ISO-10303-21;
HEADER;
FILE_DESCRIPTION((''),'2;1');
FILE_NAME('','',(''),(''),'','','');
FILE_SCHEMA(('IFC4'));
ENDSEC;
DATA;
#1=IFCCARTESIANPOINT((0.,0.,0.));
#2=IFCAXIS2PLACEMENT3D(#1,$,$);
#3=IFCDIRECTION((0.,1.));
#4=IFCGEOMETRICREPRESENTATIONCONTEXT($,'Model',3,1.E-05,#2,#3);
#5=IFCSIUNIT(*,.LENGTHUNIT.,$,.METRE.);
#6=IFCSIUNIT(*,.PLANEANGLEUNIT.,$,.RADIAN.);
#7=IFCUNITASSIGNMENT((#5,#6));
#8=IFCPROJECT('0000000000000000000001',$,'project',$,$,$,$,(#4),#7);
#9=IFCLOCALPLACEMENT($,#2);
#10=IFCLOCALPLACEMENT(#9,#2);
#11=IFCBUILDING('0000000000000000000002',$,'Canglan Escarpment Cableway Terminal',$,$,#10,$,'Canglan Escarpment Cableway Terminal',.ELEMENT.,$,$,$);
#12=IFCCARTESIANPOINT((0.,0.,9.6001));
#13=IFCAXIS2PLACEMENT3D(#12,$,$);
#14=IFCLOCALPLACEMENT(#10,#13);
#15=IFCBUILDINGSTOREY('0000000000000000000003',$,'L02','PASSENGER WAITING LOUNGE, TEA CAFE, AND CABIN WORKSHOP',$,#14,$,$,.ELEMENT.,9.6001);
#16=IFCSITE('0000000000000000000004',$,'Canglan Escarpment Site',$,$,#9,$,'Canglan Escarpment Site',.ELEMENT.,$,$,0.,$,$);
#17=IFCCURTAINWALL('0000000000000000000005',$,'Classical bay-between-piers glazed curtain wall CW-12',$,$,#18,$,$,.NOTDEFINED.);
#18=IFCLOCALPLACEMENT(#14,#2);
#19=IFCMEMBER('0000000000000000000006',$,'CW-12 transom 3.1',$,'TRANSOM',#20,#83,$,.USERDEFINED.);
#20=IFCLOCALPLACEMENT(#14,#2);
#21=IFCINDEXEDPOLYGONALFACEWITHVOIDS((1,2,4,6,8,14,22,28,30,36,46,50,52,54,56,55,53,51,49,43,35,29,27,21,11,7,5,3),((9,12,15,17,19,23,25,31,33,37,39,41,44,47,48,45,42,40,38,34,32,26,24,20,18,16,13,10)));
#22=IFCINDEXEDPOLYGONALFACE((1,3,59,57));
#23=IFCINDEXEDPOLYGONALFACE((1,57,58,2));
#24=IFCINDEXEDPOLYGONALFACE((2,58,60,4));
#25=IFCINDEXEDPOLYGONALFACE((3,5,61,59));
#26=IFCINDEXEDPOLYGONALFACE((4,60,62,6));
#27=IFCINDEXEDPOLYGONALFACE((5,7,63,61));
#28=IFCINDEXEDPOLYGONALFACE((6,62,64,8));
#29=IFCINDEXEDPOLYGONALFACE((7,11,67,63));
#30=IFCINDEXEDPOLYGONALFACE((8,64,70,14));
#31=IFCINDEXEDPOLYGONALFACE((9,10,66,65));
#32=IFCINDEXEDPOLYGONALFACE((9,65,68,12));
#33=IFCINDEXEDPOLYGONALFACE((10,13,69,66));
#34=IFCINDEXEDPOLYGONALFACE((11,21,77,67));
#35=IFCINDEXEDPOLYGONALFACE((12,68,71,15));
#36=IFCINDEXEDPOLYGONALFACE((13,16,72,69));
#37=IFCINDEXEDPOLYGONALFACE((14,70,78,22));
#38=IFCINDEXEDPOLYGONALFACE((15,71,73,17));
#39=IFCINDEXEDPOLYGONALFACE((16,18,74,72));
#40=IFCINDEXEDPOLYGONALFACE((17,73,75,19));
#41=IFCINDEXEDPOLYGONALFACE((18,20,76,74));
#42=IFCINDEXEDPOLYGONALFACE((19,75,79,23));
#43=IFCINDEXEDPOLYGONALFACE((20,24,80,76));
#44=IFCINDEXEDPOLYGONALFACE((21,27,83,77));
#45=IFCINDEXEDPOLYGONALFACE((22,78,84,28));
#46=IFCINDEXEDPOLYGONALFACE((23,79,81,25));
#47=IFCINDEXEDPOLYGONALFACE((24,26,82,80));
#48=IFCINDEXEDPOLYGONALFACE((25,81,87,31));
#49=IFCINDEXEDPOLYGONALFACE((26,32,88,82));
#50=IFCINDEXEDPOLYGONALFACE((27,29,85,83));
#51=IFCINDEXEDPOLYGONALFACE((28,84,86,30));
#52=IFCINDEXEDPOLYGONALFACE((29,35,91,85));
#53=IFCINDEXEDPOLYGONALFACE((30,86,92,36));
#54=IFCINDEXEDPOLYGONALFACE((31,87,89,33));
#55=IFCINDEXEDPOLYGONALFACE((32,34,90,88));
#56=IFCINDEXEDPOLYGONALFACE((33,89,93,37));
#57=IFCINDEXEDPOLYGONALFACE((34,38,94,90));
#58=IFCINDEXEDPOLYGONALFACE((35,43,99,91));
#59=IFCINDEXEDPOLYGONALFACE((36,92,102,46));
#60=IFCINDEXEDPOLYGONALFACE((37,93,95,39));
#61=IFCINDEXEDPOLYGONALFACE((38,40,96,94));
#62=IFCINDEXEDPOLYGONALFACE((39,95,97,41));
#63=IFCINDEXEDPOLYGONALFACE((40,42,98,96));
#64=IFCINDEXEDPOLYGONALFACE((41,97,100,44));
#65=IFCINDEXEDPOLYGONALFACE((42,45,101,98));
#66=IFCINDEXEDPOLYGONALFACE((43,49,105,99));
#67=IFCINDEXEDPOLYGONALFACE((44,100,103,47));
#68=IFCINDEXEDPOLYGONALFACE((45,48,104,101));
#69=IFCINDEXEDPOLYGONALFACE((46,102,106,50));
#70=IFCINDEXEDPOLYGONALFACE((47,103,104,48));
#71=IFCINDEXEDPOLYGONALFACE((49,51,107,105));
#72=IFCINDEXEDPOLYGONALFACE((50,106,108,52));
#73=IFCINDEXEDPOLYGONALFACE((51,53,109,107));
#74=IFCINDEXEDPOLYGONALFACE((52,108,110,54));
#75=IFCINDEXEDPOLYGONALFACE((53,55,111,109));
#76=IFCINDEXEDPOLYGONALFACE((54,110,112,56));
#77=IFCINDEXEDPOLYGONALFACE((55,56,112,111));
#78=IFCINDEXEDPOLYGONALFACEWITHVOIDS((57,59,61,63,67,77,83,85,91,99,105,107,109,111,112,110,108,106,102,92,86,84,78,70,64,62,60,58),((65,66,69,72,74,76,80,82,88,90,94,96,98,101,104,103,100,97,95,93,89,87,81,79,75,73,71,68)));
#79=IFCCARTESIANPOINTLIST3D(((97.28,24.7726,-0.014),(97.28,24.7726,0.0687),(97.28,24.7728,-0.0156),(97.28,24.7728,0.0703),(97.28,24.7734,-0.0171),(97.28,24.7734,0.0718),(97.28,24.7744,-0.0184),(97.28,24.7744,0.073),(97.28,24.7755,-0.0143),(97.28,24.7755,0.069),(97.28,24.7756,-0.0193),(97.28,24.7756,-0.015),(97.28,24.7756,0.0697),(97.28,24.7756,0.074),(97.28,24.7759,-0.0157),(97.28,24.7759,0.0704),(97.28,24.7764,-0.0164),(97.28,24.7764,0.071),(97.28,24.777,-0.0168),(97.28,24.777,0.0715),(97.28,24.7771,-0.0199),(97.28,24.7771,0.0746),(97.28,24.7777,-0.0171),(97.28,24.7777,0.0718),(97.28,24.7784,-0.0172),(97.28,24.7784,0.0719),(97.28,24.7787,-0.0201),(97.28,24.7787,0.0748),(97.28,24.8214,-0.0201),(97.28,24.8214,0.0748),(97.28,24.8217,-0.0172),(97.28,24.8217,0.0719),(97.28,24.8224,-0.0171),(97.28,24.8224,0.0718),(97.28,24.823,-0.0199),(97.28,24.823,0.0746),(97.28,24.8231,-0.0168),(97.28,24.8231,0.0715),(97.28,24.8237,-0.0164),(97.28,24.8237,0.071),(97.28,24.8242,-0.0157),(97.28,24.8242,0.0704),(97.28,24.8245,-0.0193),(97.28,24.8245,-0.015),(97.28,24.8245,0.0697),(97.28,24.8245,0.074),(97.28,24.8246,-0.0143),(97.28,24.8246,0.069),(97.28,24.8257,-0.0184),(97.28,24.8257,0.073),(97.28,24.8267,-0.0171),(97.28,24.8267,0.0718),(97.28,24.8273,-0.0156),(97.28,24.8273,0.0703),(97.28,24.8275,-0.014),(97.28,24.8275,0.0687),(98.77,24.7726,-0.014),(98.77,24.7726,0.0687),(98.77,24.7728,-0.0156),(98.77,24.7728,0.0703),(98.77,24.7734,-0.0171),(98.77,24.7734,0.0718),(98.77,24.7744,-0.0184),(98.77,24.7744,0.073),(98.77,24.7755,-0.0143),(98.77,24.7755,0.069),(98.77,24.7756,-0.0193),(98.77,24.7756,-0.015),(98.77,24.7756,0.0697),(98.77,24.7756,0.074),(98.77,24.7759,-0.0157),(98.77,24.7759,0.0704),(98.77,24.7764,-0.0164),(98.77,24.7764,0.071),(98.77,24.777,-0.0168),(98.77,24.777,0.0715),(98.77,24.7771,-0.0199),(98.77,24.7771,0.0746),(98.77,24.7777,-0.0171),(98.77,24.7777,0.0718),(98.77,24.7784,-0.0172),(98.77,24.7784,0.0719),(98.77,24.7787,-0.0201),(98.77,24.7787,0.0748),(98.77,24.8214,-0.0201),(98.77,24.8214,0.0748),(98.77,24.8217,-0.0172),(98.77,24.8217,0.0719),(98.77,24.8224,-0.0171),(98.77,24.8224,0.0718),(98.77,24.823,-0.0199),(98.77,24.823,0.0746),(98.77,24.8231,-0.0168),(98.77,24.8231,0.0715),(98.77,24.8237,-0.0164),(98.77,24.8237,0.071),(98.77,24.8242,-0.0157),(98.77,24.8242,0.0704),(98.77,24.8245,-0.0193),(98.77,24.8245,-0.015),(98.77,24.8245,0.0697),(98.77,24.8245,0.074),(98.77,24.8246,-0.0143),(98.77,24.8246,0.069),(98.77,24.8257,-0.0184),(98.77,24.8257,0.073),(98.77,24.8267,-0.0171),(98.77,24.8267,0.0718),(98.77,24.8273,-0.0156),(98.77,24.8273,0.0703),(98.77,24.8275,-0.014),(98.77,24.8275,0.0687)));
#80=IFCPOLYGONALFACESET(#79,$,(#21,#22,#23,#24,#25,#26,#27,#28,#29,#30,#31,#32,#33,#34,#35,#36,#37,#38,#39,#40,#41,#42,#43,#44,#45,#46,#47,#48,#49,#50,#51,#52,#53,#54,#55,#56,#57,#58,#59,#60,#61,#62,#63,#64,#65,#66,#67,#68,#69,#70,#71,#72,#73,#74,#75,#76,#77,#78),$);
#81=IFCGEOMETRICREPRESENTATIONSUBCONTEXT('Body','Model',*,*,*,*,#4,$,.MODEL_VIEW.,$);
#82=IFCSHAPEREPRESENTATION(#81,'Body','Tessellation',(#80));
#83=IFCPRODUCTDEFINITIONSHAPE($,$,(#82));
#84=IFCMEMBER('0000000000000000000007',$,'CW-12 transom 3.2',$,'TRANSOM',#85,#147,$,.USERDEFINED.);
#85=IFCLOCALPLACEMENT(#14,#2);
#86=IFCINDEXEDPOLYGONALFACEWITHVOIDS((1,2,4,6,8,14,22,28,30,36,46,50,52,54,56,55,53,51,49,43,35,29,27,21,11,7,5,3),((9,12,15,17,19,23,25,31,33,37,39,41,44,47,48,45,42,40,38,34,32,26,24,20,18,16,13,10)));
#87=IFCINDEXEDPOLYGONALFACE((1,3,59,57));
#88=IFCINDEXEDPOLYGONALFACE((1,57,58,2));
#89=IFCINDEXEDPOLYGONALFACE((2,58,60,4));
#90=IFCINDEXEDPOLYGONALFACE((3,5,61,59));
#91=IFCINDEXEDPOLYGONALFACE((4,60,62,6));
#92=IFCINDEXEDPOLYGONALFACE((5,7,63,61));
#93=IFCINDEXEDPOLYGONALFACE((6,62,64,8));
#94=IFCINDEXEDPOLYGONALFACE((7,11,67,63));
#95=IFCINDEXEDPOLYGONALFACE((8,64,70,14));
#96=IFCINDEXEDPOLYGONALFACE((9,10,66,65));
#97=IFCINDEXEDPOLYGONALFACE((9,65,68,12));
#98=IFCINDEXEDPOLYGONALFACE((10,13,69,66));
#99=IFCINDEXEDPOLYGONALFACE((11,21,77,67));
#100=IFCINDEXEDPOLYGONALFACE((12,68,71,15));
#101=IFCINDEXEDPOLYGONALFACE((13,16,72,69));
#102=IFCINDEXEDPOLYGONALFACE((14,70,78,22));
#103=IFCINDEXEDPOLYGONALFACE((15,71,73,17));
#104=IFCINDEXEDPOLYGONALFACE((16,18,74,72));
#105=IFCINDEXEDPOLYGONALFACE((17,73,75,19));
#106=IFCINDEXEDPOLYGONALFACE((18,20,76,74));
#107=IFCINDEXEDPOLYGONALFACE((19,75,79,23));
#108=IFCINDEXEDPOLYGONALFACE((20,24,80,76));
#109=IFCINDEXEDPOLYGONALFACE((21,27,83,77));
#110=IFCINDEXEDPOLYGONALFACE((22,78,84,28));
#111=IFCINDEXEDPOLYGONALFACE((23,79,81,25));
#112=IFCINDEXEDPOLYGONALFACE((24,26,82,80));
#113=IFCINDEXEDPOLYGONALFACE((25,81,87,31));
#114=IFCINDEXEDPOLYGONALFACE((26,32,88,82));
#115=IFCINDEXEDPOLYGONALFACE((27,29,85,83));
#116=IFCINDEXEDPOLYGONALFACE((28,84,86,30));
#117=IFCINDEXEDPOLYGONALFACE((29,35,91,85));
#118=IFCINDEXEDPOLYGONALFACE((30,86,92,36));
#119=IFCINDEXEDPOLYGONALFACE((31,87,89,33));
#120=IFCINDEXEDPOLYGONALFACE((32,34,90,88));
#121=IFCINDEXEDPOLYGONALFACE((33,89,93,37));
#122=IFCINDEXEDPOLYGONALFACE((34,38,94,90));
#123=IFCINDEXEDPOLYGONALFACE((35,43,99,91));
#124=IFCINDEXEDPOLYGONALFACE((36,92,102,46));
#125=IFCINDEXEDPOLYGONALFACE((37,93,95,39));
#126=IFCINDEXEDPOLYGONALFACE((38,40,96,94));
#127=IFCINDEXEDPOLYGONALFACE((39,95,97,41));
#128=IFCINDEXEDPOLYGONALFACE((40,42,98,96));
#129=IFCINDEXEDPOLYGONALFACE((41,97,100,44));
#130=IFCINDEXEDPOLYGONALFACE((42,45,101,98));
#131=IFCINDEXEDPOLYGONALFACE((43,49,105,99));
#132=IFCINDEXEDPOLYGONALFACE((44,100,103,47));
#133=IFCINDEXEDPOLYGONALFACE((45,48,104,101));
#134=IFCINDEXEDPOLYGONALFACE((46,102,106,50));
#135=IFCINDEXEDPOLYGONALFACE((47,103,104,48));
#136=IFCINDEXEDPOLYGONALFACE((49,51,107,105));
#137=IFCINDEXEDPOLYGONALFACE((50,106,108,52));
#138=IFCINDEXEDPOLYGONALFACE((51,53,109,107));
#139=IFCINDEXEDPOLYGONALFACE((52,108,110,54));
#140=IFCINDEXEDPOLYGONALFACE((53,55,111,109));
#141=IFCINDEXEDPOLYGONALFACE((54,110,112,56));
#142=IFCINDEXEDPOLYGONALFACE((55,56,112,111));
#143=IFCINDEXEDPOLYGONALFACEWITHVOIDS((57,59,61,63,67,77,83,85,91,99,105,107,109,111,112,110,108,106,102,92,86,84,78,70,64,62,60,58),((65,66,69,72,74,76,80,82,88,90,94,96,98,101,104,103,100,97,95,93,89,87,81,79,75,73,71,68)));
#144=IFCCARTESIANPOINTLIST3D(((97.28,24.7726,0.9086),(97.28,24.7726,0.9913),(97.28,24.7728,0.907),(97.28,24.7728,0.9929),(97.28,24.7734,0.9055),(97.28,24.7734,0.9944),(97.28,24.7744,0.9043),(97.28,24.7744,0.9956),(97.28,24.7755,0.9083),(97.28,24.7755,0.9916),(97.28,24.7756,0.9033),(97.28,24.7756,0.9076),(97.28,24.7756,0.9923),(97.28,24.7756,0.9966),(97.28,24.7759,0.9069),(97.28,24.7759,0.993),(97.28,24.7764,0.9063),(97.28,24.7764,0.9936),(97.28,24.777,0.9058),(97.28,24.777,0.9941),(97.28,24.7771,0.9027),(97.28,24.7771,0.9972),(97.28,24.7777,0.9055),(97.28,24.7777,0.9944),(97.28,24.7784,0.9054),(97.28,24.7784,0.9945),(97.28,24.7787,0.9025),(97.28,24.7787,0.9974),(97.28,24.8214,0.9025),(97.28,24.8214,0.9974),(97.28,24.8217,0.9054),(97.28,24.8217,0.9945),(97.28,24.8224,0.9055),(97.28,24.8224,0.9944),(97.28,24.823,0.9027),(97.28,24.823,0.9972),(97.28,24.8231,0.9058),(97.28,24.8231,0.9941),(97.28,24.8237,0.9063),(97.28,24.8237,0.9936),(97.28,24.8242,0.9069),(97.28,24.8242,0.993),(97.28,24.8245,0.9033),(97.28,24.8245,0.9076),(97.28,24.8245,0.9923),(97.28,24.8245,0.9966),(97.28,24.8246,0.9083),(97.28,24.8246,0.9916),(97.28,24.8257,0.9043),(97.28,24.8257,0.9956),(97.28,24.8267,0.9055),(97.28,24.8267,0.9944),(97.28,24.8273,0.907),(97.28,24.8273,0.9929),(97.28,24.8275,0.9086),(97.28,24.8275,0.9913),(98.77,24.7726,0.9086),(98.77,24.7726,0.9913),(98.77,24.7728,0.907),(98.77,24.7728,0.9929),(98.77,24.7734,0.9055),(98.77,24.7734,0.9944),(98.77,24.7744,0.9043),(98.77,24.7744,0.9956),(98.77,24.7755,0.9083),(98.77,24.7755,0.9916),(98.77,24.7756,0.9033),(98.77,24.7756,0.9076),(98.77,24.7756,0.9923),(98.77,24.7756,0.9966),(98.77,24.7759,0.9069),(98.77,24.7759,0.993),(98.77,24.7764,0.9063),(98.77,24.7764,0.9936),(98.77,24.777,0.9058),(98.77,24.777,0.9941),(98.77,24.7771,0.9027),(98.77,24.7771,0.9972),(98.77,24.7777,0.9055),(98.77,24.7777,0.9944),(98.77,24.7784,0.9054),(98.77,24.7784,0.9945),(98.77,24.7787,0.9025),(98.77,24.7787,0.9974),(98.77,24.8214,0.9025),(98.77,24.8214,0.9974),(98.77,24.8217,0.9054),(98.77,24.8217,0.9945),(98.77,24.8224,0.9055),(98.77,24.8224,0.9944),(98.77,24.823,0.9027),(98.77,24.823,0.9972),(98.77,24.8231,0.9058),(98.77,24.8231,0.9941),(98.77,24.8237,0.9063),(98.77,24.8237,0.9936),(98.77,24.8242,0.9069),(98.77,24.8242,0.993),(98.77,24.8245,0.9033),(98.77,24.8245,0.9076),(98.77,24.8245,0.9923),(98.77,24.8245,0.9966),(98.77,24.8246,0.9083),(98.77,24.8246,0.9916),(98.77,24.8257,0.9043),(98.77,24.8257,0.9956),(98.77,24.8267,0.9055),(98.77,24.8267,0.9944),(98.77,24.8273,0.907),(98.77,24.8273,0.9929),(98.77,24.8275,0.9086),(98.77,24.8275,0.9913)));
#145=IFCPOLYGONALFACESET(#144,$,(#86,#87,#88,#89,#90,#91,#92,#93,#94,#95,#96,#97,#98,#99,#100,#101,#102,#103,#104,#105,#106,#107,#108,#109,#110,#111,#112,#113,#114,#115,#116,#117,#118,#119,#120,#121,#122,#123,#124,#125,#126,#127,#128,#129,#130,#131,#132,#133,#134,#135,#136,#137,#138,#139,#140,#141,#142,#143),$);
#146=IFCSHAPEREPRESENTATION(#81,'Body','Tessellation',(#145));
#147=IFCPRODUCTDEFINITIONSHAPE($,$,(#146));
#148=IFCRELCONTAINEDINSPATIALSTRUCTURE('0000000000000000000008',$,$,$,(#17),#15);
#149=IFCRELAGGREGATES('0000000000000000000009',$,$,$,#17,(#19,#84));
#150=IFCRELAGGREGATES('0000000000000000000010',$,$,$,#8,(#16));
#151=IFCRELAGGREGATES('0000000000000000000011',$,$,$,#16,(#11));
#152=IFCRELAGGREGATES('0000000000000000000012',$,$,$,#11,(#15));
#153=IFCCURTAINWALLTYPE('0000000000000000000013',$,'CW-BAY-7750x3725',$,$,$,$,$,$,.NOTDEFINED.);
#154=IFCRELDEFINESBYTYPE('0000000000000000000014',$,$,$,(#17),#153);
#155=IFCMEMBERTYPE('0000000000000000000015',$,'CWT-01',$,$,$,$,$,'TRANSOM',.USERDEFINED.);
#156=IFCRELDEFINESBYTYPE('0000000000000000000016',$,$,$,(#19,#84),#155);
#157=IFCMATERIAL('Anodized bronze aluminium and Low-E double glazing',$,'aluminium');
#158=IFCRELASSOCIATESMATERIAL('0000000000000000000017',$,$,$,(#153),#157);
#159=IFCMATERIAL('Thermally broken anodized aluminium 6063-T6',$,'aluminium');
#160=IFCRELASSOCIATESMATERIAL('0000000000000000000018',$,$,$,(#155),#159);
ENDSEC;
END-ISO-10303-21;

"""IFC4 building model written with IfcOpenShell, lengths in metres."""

from ifc_helpers import new_model, si_unit, direction, frame, origin, origin_2d, place, context, subcontext, project, spatial, hollow_rectangle, extrude, material, material_profile, profile_set, type_object, element, aggregate, save


model = new_model("IFC4")

# Units and contexts
model_context = context("Model", 3, precision=1e-05, world=origin(), true_north=direction((0.0, 1.0)))
body_context = subcontext(model_context, "Body", "Model", "MODEL_VIEW")
ifc_project = project(units=[si_unit("LENGTHUNIT", "METRE"), si_unit("PLANEANGLEUNIT", "RADIAN")], contexts=[model_context])

# Site, building, storey
site_placement = place(None, origin())
site = spatial("IfcSite", under=ifc_project, at=site_placement, Name="Canglan Escarpment Site", LongName="Canglan Escarpment Site", CompositionType="ELEMENT", RefElevation=0.0)
building_placement = place(site_placement, origin())
building = spatial("IfcBuilding", under=site, at=building_placement, Name="Canglan Escarpment Cableway Terminal", LongName="Canglan Escarpment Cableway Terminal", CompositionType="ELEMENT")
storey_placement = place(building_placement, frame((0.0, 0.0, 9.6001)))
storey = spatial("IfcBuildingStorey", under=building, at=storey_placement, Name="L02", Description="PASSENGER WAITING LOUNGE, TEA CAFE, AND CABIN WORKSHOP", CompositionType="ELEMENT", Elevation=9.6001)

# Curtain wall, members
ifc_material_1 = material(Name="Anodized bronze aluminium and Low-E double glazing", Category="aluminium")
curtain_wall_type = type_object("IfcCurtainWallType", Name="CW-BAY-7750x3725", PredefinedType="NOTDEFINED", material=ifc_material_1)
curtain_wall_placement = place(storey_placement, origin())
curtain_wall = element("IfcCurtainWall", 1, at=curtain_wall_placement, inside=storey, type_object=curtain_wall_type, Name="Classical bay-between-piers glazed curtain wall CW-12", PredefinedType="NOTDEFINED")
ifc_material_2 = material(Name="Thermally broken anodized aluminium 6063-T6", Category="aluminium")
ifc_material_profile_1 = material_profile(ifc_material_2, hollow_rectangle(XDim=0.0549, YDim=0.095, WallThickness=0.0029, InnerFilletRadius=0.0029, OuterFilletRadius=0.0061, at=origin_2d()), Name="ALU-TRAN 55x95x3")
ifc_profile_set_1 = profile_set([ifc_material_profile_1], Name="Thermally broken anodized aluminium 6063-T6")
member_type_1 = type_object("IfcMemberType", Name="CWT-01", ElementType="TRANSOM", PredefinedType="USERDEFINED", material=ifc_profile_set_1)
member_1_placement = place(storey_placement, frame((98.77, 24.8, 0.0273), z_axis=(-1.0, 0.0, 0.0), x_axis=(0.0, -1.0, 0.0)))
member_1 = element("IfcMember", 2, at=member_1_placement, type_object=member_type_1, Name="CW-12 transom 3.1", ObjectType="TRANSOM", PredefinedType="USERDEFINED", context=body_context, shape_type="SweptSolid", body=[
    extrude(hollow_rectangle(XDim=0.0549, YDim=0.095, WallThickness=0.0029, InnerFilletRadius=0.0029, OuterFilletRadius=0.0061, at=origin_2d()), origin(), (0.0, 0.0, 1.0), 1.49),
])
member_2_placement = place(storey_placement, frame((98.77, 24.8, 0.95), z_axis=(-1.0, 0.0, 0.0), x_axis=(0.0, -1.0, 0.0)))
member_2 = element("IfcMember", 3, at=member_2_placement, type_object=member_type_1, Name="CW-12 transom 3.2", ObjectType="TRANSOM", PredefinedType="USERDEFINED", context=body_context, shape_type="SweptSolid", body=[
    extrude(hollow_rectangle(XDim=0.0549, YDim=0.095, WallThickness=0.0029, InnerFilletRadius=0.0029, OuterFilletRadius=0.0061, at=origin_2d()), origin(), (0.0, 0.0, 1.0), 1.49),
])
aggregate(curtain_wall, [member_1, member_2])

save(model, "model.ifc")
